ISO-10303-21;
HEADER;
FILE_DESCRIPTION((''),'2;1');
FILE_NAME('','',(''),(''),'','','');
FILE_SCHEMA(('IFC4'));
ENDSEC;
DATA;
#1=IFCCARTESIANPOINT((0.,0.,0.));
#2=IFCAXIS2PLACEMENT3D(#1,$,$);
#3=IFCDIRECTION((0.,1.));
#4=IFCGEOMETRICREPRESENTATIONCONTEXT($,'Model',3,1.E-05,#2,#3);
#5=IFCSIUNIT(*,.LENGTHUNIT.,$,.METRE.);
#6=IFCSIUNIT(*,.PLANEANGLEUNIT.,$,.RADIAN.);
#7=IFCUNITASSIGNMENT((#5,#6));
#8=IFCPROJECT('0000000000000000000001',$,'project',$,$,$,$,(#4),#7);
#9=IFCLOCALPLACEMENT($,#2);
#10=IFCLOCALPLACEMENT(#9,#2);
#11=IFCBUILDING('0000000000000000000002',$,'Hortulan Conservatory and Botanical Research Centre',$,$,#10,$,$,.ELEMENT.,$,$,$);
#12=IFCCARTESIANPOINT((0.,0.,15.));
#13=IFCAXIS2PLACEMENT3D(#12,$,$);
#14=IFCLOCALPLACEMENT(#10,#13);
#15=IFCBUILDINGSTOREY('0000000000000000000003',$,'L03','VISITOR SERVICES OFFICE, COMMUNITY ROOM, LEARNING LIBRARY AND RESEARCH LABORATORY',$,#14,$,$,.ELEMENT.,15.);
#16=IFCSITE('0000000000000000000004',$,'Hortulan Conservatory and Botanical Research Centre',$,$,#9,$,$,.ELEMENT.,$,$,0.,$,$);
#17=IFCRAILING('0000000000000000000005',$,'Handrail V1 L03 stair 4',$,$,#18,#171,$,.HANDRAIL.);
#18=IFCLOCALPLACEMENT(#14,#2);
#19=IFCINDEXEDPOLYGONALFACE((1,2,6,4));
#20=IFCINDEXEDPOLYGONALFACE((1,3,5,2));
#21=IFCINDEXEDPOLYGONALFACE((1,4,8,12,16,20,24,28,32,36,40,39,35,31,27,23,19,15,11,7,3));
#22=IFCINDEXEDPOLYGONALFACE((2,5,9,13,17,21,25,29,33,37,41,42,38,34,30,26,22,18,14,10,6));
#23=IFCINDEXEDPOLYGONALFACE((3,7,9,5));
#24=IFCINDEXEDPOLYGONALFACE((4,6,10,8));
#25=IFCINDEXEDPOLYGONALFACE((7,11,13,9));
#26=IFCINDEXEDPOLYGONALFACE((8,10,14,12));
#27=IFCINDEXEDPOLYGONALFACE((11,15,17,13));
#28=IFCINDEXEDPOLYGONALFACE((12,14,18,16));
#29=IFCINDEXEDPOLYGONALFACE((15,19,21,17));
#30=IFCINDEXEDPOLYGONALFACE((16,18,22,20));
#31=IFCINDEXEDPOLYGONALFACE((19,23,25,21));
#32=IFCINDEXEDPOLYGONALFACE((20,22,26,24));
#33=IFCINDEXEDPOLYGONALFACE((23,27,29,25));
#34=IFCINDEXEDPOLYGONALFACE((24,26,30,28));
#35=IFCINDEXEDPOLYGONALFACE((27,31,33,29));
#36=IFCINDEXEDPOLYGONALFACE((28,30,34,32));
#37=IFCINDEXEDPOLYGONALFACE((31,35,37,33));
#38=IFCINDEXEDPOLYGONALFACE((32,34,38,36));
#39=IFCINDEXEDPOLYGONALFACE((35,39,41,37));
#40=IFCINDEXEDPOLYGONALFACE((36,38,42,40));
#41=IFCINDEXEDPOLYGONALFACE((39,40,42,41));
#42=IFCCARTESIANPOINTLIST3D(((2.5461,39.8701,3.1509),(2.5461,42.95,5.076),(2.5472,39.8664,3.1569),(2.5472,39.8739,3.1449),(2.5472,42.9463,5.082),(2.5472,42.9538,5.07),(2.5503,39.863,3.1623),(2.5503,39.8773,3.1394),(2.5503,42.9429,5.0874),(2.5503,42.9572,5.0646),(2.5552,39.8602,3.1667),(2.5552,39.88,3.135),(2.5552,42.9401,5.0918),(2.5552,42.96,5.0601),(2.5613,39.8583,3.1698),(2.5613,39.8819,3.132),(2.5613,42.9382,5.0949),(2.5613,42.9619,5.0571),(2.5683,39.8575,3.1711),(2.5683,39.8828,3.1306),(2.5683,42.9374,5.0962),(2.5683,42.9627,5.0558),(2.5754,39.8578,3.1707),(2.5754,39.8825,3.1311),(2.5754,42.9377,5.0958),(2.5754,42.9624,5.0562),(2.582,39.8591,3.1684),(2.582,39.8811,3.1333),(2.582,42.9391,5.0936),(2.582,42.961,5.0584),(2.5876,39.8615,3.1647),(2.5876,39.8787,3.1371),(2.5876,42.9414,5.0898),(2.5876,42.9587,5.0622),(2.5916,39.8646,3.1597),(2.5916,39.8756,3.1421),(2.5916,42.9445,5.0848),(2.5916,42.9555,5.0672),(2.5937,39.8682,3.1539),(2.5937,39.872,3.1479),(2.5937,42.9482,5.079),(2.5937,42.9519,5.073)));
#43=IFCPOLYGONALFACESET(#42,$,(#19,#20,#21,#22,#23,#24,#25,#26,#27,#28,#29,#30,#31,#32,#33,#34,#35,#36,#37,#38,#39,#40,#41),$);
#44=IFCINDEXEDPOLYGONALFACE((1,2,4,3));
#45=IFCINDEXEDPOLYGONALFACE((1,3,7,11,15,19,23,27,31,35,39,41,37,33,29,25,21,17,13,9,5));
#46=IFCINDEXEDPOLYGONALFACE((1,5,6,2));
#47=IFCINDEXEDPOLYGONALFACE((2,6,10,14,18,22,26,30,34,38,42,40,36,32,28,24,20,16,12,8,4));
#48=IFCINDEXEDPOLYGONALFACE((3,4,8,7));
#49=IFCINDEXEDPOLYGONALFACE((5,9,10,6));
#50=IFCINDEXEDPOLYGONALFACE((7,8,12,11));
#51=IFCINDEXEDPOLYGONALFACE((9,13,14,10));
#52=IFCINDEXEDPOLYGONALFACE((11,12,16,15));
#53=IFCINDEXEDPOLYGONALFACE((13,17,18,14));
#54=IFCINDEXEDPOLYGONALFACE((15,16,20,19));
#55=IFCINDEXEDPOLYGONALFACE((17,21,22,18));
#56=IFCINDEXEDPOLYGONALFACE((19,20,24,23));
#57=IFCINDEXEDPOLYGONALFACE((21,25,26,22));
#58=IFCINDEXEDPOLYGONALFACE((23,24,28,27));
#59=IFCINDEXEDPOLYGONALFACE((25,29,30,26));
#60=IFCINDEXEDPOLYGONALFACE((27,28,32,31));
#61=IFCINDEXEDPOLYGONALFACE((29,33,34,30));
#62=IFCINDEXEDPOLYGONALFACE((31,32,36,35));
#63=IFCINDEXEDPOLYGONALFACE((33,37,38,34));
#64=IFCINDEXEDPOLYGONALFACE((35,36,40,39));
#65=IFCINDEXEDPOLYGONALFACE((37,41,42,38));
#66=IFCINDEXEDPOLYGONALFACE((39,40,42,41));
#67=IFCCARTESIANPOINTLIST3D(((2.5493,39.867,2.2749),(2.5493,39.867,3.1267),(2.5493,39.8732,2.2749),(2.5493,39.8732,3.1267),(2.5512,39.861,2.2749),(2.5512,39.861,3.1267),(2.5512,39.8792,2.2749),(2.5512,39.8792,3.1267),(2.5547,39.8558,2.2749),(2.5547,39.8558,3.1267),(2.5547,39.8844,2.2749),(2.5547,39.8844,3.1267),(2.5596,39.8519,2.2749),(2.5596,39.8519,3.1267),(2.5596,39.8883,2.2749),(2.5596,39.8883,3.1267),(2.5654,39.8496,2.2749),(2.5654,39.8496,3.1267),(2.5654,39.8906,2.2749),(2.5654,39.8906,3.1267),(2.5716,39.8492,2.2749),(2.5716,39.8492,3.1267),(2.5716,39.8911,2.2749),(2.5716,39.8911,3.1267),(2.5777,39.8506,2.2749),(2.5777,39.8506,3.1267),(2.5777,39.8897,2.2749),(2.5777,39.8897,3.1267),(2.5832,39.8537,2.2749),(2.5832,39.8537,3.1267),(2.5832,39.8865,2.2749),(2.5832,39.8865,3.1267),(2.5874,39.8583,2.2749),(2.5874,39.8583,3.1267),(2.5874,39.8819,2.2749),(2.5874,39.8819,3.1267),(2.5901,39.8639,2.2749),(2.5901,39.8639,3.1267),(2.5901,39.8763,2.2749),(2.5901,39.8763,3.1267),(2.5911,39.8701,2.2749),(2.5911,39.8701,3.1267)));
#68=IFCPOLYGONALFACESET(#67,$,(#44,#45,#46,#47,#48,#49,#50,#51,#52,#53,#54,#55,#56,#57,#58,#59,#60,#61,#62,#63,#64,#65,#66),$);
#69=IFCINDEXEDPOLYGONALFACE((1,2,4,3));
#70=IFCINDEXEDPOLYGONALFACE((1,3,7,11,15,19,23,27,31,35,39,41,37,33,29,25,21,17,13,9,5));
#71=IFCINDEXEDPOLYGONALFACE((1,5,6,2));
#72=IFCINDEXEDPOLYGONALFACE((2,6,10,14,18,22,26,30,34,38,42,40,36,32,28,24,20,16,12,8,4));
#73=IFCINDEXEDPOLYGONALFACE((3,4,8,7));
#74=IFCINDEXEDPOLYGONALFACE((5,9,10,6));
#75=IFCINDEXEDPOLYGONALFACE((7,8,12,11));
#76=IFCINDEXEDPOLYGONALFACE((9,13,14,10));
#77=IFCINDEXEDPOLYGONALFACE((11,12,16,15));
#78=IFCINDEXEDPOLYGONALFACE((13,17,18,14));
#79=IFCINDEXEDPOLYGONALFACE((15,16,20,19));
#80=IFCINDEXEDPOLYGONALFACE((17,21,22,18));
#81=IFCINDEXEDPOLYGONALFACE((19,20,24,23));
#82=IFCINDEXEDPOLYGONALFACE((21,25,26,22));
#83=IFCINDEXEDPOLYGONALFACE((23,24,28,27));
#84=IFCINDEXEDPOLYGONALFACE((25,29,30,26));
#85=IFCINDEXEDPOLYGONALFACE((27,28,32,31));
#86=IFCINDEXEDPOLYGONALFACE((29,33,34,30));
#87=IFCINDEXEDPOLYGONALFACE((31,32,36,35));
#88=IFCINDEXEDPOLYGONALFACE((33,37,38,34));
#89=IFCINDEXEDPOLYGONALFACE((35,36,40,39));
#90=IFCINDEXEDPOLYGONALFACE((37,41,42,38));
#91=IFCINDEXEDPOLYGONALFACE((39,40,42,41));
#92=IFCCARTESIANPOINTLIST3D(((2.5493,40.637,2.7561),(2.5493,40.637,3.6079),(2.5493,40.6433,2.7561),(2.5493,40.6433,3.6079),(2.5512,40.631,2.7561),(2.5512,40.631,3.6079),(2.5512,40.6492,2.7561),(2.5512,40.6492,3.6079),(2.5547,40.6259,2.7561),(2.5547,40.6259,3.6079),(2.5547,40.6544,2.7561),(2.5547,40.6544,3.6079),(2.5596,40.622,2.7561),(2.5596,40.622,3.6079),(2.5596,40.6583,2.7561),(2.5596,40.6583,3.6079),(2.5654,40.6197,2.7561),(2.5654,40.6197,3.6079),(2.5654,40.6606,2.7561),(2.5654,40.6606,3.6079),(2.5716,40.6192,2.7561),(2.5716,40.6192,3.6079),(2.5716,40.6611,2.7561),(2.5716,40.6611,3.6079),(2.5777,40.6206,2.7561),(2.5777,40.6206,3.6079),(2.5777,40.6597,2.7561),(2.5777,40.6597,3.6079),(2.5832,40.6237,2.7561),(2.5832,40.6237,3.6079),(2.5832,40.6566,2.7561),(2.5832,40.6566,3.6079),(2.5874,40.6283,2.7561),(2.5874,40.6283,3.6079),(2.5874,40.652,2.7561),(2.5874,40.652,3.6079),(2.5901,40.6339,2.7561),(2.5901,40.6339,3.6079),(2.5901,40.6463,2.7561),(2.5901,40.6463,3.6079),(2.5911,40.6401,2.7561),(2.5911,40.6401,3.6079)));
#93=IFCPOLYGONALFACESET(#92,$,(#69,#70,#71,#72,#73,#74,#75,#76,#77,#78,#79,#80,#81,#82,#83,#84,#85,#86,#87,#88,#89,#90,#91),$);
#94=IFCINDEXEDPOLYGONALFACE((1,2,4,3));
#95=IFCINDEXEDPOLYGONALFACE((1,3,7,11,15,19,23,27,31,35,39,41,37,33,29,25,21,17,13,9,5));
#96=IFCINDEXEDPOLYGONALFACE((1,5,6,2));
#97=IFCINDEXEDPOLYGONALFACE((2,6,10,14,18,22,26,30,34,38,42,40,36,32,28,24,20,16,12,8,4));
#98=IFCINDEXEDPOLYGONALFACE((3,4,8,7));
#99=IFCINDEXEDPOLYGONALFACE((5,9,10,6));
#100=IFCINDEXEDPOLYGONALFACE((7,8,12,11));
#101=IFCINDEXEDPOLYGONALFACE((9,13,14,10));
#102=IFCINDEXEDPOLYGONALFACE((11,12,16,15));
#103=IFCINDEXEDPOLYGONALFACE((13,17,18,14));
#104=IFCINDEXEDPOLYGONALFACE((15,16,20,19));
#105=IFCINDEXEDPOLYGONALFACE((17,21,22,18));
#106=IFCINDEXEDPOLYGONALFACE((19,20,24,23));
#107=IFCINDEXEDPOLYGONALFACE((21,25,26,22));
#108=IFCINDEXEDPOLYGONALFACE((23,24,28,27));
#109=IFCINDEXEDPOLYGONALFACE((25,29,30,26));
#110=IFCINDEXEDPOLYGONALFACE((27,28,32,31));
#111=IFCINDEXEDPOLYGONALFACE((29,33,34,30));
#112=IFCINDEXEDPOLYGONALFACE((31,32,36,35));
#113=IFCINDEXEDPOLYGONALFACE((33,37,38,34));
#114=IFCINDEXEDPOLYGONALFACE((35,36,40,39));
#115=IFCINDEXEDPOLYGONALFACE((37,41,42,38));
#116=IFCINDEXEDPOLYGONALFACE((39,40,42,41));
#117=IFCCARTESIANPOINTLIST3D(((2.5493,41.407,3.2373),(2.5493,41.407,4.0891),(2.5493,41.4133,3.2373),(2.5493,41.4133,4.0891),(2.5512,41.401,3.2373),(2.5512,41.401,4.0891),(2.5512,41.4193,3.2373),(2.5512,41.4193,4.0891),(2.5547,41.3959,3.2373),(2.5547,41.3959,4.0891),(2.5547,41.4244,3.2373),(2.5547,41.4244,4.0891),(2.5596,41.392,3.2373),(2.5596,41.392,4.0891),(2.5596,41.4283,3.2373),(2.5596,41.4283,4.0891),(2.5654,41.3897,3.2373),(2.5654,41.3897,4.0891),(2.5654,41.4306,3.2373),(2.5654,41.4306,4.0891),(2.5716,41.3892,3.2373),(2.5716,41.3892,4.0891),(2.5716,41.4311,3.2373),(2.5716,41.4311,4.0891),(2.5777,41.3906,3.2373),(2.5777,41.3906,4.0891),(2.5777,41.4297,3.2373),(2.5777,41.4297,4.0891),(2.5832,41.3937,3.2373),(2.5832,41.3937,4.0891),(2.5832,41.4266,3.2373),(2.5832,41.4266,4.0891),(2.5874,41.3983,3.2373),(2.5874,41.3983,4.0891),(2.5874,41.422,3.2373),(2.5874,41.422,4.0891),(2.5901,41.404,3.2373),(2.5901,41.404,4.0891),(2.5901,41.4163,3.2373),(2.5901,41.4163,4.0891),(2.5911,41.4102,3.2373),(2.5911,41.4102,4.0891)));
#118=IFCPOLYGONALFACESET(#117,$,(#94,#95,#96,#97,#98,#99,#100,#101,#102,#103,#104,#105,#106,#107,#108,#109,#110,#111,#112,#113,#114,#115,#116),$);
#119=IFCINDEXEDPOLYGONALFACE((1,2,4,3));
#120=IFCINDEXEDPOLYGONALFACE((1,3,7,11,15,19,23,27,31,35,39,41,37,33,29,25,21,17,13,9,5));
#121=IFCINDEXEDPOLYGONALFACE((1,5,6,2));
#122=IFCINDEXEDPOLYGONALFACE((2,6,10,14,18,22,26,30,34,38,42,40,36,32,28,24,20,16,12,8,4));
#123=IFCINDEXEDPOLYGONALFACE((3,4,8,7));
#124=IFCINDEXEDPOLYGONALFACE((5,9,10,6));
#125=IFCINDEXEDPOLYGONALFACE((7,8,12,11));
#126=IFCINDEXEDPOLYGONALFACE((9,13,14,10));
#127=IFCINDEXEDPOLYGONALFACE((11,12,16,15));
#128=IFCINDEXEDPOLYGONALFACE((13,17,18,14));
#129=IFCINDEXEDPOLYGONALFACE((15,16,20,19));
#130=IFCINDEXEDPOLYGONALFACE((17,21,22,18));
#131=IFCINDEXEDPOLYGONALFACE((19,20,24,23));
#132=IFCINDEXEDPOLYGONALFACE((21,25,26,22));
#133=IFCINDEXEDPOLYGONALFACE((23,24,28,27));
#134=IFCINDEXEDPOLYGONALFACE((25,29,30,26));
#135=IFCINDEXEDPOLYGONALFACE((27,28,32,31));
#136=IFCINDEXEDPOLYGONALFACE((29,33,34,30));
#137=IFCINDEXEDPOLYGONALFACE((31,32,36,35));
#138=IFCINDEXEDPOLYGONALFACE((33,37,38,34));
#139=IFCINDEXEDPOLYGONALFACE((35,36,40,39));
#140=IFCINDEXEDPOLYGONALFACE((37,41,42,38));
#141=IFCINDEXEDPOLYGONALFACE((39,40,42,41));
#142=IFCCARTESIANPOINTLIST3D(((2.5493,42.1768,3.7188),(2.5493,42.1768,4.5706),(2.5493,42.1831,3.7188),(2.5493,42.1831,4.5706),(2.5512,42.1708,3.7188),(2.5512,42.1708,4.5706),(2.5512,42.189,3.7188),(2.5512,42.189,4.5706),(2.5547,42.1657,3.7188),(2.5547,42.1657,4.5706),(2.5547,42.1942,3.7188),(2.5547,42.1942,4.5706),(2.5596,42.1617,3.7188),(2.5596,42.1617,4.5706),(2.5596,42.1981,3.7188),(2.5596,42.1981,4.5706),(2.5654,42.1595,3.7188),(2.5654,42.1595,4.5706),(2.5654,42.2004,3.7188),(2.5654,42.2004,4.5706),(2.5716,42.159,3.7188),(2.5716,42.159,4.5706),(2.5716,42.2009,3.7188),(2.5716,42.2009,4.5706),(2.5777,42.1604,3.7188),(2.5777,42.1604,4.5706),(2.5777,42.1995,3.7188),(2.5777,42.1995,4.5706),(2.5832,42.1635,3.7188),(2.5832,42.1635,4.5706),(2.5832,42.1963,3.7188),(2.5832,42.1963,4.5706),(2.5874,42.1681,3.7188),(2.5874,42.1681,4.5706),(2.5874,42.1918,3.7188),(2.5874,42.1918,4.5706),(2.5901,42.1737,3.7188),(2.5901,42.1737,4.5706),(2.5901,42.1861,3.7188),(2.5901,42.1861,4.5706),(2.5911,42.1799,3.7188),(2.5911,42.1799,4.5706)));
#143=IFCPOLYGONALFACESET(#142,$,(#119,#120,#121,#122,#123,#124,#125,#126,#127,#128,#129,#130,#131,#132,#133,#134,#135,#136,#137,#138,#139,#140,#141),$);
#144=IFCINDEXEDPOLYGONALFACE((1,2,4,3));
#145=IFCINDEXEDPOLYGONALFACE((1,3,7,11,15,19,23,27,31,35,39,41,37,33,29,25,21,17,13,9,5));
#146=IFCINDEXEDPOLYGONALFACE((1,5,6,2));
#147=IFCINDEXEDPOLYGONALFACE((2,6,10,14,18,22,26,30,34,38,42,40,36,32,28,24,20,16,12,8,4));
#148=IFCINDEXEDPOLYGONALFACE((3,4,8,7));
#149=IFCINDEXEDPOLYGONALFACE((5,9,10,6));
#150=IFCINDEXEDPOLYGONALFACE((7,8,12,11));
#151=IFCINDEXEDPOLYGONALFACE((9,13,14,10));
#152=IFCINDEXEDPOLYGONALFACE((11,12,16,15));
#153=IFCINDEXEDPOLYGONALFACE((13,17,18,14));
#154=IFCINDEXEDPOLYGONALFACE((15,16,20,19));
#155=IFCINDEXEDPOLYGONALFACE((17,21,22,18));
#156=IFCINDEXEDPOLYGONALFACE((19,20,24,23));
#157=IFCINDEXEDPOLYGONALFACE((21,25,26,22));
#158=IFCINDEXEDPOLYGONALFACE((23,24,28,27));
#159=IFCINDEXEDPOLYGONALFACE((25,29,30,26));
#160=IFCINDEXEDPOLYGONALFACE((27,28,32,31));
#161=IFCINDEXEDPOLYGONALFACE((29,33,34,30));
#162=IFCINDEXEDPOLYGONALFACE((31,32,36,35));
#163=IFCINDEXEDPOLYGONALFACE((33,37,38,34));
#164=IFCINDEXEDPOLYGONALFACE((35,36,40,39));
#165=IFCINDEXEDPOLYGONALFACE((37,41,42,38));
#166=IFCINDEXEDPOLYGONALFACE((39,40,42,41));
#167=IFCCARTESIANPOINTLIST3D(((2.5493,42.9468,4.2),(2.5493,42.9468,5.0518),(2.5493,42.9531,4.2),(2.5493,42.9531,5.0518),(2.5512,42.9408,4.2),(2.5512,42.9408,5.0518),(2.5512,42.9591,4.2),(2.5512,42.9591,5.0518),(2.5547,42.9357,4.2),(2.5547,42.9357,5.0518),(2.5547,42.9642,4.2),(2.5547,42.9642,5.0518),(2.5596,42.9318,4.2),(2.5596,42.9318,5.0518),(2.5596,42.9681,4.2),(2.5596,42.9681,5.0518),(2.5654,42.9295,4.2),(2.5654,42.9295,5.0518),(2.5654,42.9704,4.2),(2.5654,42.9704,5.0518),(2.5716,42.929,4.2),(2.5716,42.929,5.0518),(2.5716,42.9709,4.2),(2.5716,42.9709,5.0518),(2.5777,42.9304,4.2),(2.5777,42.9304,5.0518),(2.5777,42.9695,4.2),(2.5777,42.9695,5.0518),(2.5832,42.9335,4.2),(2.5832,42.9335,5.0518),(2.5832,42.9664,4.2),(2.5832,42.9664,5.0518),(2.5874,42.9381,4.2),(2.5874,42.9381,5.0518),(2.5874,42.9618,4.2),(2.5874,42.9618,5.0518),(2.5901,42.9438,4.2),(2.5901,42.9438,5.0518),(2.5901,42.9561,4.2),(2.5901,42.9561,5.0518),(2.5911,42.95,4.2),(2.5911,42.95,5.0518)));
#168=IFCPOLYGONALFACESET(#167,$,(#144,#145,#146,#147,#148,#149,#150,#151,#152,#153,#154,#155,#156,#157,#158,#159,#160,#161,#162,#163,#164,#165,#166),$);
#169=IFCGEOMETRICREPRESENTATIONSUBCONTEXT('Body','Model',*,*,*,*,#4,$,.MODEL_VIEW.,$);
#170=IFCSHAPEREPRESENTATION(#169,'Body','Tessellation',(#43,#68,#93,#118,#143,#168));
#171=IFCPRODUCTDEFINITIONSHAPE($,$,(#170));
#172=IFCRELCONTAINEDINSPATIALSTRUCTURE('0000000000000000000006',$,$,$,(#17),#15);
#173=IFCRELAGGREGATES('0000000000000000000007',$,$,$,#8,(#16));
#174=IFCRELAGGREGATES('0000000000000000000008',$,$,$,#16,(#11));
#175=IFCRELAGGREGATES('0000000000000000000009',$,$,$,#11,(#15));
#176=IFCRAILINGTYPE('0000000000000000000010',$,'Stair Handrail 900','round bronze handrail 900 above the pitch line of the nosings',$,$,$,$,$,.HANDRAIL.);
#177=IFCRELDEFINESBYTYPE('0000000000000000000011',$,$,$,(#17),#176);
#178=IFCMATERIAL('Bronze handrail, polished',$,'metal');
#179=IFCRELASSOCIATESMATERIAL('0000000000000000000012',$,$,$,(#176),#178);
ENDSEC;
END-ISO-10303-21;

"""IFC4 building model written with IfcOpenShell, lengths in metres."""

from ifc_helpers import new_model, si_unit, direction, frame, origin, origin_2d, place, context, subcontext, project, spatial, circle, extrude, material, type_object, element, save


model = new_model("IFC4")

# Units and contexts
model_context = context("Model", 3, precision=1e-05, world=origin(), true_north=direction((0.0, 1.0)))
body_context = subcontext(model_context, "Body", "Model", "MODEL_VIEW")
ifc_project = project(units=[si_unit("LENGTHUNIT", "METRE"), si_unit("PLANEANGLEUNIT", "RADIAN")], contexts=[model_context])

# Site, building, storey
site_placement = place(None, origin())
site = spatial("IfcSite", under=ifc_project, at=site_placement, Name="Hortulan Conservatory and Botanical Research Centre", CompositionType="ELEMENT", RefElevation=0.0)
building_placement = place(site_placement, origin())
building = spatial("IfcBuilding", under=site, at=building_placement, Name="Hortulan Conservatory and Botanical Research Centre", CompositionType="ELEMENT")
storey_placement = place(building_placement, frame((0.0, 0.0, 15.0)))
storey = spatial("IfcBuildingStorey", under=building, at=storey_placement, Name="L03", Description="VISITOR SERVICES OFFICE, COMMUNITY ROOM, LEARNING LIBRARY AND RESEARCH LABORATORY", CompositionType="ELEMENT", Elevation=15.0)

# Railing
ifc_material_1 = material(Name="Bronze handrail, polished", Category="metal")
railing_type_1 = type_object("IfcRailingType", Name="Stair Handrail 900", Description="round bronze handrail 900 above the pitch line of the nosings", PredefinedType="HANDRAIL", material=ifc_material_1)
railing_1_placement = place(storey_placement, frame((2.5701, 39.8701, 2.2749)))
element("IfcRailing", 1, at=railing_1_placement, inside=storey, type_object=railing_type_1, Name="Handrail V1 L03 stair 4", PredefinedType="HANDRAIL", context=body_context, shape_type="SweptSolid", body=[
    extrude(circle(Radius=0.0239, at=origin_2d()), frame((0.0, 0.0, 0.876), z_axis=(0.0, 0.847979, 0.530029), x_axis=(-1.0, 0.0, 0.0)), (0.0, 0.0, 1.0), 3.6321),
    extrude(circle(Radius=0.021, at=origin_2d()), origin(), (0.0, 0.0, 1.0), 0.8518),
    extrude(circle(Radius=0.021, at=origin_2d()), frame((0.0, 0.77, 0.4812)), (0.0, 0.0, 1.0), 0.8518),
    extrude(circle(Radius=0.021, at=origin_2d()), frame((0.0, 1.54, 0.9624)), (0.0, 0.0, 1.0), 0.8518),
    extrude(circle(Radius=0.021, at=origin_2d()), frame((0.0, 2.3098, 1.4438)), (0.0, 0.0, 1.0), 0.8518),
    extrude(circle(Radius=0.021, at=origin_2d()), frame((0.0, 3.0798, 1.925)), (0.0, 0.0, 1.0), 0.8518),
])

save(model, "model.ifc")
